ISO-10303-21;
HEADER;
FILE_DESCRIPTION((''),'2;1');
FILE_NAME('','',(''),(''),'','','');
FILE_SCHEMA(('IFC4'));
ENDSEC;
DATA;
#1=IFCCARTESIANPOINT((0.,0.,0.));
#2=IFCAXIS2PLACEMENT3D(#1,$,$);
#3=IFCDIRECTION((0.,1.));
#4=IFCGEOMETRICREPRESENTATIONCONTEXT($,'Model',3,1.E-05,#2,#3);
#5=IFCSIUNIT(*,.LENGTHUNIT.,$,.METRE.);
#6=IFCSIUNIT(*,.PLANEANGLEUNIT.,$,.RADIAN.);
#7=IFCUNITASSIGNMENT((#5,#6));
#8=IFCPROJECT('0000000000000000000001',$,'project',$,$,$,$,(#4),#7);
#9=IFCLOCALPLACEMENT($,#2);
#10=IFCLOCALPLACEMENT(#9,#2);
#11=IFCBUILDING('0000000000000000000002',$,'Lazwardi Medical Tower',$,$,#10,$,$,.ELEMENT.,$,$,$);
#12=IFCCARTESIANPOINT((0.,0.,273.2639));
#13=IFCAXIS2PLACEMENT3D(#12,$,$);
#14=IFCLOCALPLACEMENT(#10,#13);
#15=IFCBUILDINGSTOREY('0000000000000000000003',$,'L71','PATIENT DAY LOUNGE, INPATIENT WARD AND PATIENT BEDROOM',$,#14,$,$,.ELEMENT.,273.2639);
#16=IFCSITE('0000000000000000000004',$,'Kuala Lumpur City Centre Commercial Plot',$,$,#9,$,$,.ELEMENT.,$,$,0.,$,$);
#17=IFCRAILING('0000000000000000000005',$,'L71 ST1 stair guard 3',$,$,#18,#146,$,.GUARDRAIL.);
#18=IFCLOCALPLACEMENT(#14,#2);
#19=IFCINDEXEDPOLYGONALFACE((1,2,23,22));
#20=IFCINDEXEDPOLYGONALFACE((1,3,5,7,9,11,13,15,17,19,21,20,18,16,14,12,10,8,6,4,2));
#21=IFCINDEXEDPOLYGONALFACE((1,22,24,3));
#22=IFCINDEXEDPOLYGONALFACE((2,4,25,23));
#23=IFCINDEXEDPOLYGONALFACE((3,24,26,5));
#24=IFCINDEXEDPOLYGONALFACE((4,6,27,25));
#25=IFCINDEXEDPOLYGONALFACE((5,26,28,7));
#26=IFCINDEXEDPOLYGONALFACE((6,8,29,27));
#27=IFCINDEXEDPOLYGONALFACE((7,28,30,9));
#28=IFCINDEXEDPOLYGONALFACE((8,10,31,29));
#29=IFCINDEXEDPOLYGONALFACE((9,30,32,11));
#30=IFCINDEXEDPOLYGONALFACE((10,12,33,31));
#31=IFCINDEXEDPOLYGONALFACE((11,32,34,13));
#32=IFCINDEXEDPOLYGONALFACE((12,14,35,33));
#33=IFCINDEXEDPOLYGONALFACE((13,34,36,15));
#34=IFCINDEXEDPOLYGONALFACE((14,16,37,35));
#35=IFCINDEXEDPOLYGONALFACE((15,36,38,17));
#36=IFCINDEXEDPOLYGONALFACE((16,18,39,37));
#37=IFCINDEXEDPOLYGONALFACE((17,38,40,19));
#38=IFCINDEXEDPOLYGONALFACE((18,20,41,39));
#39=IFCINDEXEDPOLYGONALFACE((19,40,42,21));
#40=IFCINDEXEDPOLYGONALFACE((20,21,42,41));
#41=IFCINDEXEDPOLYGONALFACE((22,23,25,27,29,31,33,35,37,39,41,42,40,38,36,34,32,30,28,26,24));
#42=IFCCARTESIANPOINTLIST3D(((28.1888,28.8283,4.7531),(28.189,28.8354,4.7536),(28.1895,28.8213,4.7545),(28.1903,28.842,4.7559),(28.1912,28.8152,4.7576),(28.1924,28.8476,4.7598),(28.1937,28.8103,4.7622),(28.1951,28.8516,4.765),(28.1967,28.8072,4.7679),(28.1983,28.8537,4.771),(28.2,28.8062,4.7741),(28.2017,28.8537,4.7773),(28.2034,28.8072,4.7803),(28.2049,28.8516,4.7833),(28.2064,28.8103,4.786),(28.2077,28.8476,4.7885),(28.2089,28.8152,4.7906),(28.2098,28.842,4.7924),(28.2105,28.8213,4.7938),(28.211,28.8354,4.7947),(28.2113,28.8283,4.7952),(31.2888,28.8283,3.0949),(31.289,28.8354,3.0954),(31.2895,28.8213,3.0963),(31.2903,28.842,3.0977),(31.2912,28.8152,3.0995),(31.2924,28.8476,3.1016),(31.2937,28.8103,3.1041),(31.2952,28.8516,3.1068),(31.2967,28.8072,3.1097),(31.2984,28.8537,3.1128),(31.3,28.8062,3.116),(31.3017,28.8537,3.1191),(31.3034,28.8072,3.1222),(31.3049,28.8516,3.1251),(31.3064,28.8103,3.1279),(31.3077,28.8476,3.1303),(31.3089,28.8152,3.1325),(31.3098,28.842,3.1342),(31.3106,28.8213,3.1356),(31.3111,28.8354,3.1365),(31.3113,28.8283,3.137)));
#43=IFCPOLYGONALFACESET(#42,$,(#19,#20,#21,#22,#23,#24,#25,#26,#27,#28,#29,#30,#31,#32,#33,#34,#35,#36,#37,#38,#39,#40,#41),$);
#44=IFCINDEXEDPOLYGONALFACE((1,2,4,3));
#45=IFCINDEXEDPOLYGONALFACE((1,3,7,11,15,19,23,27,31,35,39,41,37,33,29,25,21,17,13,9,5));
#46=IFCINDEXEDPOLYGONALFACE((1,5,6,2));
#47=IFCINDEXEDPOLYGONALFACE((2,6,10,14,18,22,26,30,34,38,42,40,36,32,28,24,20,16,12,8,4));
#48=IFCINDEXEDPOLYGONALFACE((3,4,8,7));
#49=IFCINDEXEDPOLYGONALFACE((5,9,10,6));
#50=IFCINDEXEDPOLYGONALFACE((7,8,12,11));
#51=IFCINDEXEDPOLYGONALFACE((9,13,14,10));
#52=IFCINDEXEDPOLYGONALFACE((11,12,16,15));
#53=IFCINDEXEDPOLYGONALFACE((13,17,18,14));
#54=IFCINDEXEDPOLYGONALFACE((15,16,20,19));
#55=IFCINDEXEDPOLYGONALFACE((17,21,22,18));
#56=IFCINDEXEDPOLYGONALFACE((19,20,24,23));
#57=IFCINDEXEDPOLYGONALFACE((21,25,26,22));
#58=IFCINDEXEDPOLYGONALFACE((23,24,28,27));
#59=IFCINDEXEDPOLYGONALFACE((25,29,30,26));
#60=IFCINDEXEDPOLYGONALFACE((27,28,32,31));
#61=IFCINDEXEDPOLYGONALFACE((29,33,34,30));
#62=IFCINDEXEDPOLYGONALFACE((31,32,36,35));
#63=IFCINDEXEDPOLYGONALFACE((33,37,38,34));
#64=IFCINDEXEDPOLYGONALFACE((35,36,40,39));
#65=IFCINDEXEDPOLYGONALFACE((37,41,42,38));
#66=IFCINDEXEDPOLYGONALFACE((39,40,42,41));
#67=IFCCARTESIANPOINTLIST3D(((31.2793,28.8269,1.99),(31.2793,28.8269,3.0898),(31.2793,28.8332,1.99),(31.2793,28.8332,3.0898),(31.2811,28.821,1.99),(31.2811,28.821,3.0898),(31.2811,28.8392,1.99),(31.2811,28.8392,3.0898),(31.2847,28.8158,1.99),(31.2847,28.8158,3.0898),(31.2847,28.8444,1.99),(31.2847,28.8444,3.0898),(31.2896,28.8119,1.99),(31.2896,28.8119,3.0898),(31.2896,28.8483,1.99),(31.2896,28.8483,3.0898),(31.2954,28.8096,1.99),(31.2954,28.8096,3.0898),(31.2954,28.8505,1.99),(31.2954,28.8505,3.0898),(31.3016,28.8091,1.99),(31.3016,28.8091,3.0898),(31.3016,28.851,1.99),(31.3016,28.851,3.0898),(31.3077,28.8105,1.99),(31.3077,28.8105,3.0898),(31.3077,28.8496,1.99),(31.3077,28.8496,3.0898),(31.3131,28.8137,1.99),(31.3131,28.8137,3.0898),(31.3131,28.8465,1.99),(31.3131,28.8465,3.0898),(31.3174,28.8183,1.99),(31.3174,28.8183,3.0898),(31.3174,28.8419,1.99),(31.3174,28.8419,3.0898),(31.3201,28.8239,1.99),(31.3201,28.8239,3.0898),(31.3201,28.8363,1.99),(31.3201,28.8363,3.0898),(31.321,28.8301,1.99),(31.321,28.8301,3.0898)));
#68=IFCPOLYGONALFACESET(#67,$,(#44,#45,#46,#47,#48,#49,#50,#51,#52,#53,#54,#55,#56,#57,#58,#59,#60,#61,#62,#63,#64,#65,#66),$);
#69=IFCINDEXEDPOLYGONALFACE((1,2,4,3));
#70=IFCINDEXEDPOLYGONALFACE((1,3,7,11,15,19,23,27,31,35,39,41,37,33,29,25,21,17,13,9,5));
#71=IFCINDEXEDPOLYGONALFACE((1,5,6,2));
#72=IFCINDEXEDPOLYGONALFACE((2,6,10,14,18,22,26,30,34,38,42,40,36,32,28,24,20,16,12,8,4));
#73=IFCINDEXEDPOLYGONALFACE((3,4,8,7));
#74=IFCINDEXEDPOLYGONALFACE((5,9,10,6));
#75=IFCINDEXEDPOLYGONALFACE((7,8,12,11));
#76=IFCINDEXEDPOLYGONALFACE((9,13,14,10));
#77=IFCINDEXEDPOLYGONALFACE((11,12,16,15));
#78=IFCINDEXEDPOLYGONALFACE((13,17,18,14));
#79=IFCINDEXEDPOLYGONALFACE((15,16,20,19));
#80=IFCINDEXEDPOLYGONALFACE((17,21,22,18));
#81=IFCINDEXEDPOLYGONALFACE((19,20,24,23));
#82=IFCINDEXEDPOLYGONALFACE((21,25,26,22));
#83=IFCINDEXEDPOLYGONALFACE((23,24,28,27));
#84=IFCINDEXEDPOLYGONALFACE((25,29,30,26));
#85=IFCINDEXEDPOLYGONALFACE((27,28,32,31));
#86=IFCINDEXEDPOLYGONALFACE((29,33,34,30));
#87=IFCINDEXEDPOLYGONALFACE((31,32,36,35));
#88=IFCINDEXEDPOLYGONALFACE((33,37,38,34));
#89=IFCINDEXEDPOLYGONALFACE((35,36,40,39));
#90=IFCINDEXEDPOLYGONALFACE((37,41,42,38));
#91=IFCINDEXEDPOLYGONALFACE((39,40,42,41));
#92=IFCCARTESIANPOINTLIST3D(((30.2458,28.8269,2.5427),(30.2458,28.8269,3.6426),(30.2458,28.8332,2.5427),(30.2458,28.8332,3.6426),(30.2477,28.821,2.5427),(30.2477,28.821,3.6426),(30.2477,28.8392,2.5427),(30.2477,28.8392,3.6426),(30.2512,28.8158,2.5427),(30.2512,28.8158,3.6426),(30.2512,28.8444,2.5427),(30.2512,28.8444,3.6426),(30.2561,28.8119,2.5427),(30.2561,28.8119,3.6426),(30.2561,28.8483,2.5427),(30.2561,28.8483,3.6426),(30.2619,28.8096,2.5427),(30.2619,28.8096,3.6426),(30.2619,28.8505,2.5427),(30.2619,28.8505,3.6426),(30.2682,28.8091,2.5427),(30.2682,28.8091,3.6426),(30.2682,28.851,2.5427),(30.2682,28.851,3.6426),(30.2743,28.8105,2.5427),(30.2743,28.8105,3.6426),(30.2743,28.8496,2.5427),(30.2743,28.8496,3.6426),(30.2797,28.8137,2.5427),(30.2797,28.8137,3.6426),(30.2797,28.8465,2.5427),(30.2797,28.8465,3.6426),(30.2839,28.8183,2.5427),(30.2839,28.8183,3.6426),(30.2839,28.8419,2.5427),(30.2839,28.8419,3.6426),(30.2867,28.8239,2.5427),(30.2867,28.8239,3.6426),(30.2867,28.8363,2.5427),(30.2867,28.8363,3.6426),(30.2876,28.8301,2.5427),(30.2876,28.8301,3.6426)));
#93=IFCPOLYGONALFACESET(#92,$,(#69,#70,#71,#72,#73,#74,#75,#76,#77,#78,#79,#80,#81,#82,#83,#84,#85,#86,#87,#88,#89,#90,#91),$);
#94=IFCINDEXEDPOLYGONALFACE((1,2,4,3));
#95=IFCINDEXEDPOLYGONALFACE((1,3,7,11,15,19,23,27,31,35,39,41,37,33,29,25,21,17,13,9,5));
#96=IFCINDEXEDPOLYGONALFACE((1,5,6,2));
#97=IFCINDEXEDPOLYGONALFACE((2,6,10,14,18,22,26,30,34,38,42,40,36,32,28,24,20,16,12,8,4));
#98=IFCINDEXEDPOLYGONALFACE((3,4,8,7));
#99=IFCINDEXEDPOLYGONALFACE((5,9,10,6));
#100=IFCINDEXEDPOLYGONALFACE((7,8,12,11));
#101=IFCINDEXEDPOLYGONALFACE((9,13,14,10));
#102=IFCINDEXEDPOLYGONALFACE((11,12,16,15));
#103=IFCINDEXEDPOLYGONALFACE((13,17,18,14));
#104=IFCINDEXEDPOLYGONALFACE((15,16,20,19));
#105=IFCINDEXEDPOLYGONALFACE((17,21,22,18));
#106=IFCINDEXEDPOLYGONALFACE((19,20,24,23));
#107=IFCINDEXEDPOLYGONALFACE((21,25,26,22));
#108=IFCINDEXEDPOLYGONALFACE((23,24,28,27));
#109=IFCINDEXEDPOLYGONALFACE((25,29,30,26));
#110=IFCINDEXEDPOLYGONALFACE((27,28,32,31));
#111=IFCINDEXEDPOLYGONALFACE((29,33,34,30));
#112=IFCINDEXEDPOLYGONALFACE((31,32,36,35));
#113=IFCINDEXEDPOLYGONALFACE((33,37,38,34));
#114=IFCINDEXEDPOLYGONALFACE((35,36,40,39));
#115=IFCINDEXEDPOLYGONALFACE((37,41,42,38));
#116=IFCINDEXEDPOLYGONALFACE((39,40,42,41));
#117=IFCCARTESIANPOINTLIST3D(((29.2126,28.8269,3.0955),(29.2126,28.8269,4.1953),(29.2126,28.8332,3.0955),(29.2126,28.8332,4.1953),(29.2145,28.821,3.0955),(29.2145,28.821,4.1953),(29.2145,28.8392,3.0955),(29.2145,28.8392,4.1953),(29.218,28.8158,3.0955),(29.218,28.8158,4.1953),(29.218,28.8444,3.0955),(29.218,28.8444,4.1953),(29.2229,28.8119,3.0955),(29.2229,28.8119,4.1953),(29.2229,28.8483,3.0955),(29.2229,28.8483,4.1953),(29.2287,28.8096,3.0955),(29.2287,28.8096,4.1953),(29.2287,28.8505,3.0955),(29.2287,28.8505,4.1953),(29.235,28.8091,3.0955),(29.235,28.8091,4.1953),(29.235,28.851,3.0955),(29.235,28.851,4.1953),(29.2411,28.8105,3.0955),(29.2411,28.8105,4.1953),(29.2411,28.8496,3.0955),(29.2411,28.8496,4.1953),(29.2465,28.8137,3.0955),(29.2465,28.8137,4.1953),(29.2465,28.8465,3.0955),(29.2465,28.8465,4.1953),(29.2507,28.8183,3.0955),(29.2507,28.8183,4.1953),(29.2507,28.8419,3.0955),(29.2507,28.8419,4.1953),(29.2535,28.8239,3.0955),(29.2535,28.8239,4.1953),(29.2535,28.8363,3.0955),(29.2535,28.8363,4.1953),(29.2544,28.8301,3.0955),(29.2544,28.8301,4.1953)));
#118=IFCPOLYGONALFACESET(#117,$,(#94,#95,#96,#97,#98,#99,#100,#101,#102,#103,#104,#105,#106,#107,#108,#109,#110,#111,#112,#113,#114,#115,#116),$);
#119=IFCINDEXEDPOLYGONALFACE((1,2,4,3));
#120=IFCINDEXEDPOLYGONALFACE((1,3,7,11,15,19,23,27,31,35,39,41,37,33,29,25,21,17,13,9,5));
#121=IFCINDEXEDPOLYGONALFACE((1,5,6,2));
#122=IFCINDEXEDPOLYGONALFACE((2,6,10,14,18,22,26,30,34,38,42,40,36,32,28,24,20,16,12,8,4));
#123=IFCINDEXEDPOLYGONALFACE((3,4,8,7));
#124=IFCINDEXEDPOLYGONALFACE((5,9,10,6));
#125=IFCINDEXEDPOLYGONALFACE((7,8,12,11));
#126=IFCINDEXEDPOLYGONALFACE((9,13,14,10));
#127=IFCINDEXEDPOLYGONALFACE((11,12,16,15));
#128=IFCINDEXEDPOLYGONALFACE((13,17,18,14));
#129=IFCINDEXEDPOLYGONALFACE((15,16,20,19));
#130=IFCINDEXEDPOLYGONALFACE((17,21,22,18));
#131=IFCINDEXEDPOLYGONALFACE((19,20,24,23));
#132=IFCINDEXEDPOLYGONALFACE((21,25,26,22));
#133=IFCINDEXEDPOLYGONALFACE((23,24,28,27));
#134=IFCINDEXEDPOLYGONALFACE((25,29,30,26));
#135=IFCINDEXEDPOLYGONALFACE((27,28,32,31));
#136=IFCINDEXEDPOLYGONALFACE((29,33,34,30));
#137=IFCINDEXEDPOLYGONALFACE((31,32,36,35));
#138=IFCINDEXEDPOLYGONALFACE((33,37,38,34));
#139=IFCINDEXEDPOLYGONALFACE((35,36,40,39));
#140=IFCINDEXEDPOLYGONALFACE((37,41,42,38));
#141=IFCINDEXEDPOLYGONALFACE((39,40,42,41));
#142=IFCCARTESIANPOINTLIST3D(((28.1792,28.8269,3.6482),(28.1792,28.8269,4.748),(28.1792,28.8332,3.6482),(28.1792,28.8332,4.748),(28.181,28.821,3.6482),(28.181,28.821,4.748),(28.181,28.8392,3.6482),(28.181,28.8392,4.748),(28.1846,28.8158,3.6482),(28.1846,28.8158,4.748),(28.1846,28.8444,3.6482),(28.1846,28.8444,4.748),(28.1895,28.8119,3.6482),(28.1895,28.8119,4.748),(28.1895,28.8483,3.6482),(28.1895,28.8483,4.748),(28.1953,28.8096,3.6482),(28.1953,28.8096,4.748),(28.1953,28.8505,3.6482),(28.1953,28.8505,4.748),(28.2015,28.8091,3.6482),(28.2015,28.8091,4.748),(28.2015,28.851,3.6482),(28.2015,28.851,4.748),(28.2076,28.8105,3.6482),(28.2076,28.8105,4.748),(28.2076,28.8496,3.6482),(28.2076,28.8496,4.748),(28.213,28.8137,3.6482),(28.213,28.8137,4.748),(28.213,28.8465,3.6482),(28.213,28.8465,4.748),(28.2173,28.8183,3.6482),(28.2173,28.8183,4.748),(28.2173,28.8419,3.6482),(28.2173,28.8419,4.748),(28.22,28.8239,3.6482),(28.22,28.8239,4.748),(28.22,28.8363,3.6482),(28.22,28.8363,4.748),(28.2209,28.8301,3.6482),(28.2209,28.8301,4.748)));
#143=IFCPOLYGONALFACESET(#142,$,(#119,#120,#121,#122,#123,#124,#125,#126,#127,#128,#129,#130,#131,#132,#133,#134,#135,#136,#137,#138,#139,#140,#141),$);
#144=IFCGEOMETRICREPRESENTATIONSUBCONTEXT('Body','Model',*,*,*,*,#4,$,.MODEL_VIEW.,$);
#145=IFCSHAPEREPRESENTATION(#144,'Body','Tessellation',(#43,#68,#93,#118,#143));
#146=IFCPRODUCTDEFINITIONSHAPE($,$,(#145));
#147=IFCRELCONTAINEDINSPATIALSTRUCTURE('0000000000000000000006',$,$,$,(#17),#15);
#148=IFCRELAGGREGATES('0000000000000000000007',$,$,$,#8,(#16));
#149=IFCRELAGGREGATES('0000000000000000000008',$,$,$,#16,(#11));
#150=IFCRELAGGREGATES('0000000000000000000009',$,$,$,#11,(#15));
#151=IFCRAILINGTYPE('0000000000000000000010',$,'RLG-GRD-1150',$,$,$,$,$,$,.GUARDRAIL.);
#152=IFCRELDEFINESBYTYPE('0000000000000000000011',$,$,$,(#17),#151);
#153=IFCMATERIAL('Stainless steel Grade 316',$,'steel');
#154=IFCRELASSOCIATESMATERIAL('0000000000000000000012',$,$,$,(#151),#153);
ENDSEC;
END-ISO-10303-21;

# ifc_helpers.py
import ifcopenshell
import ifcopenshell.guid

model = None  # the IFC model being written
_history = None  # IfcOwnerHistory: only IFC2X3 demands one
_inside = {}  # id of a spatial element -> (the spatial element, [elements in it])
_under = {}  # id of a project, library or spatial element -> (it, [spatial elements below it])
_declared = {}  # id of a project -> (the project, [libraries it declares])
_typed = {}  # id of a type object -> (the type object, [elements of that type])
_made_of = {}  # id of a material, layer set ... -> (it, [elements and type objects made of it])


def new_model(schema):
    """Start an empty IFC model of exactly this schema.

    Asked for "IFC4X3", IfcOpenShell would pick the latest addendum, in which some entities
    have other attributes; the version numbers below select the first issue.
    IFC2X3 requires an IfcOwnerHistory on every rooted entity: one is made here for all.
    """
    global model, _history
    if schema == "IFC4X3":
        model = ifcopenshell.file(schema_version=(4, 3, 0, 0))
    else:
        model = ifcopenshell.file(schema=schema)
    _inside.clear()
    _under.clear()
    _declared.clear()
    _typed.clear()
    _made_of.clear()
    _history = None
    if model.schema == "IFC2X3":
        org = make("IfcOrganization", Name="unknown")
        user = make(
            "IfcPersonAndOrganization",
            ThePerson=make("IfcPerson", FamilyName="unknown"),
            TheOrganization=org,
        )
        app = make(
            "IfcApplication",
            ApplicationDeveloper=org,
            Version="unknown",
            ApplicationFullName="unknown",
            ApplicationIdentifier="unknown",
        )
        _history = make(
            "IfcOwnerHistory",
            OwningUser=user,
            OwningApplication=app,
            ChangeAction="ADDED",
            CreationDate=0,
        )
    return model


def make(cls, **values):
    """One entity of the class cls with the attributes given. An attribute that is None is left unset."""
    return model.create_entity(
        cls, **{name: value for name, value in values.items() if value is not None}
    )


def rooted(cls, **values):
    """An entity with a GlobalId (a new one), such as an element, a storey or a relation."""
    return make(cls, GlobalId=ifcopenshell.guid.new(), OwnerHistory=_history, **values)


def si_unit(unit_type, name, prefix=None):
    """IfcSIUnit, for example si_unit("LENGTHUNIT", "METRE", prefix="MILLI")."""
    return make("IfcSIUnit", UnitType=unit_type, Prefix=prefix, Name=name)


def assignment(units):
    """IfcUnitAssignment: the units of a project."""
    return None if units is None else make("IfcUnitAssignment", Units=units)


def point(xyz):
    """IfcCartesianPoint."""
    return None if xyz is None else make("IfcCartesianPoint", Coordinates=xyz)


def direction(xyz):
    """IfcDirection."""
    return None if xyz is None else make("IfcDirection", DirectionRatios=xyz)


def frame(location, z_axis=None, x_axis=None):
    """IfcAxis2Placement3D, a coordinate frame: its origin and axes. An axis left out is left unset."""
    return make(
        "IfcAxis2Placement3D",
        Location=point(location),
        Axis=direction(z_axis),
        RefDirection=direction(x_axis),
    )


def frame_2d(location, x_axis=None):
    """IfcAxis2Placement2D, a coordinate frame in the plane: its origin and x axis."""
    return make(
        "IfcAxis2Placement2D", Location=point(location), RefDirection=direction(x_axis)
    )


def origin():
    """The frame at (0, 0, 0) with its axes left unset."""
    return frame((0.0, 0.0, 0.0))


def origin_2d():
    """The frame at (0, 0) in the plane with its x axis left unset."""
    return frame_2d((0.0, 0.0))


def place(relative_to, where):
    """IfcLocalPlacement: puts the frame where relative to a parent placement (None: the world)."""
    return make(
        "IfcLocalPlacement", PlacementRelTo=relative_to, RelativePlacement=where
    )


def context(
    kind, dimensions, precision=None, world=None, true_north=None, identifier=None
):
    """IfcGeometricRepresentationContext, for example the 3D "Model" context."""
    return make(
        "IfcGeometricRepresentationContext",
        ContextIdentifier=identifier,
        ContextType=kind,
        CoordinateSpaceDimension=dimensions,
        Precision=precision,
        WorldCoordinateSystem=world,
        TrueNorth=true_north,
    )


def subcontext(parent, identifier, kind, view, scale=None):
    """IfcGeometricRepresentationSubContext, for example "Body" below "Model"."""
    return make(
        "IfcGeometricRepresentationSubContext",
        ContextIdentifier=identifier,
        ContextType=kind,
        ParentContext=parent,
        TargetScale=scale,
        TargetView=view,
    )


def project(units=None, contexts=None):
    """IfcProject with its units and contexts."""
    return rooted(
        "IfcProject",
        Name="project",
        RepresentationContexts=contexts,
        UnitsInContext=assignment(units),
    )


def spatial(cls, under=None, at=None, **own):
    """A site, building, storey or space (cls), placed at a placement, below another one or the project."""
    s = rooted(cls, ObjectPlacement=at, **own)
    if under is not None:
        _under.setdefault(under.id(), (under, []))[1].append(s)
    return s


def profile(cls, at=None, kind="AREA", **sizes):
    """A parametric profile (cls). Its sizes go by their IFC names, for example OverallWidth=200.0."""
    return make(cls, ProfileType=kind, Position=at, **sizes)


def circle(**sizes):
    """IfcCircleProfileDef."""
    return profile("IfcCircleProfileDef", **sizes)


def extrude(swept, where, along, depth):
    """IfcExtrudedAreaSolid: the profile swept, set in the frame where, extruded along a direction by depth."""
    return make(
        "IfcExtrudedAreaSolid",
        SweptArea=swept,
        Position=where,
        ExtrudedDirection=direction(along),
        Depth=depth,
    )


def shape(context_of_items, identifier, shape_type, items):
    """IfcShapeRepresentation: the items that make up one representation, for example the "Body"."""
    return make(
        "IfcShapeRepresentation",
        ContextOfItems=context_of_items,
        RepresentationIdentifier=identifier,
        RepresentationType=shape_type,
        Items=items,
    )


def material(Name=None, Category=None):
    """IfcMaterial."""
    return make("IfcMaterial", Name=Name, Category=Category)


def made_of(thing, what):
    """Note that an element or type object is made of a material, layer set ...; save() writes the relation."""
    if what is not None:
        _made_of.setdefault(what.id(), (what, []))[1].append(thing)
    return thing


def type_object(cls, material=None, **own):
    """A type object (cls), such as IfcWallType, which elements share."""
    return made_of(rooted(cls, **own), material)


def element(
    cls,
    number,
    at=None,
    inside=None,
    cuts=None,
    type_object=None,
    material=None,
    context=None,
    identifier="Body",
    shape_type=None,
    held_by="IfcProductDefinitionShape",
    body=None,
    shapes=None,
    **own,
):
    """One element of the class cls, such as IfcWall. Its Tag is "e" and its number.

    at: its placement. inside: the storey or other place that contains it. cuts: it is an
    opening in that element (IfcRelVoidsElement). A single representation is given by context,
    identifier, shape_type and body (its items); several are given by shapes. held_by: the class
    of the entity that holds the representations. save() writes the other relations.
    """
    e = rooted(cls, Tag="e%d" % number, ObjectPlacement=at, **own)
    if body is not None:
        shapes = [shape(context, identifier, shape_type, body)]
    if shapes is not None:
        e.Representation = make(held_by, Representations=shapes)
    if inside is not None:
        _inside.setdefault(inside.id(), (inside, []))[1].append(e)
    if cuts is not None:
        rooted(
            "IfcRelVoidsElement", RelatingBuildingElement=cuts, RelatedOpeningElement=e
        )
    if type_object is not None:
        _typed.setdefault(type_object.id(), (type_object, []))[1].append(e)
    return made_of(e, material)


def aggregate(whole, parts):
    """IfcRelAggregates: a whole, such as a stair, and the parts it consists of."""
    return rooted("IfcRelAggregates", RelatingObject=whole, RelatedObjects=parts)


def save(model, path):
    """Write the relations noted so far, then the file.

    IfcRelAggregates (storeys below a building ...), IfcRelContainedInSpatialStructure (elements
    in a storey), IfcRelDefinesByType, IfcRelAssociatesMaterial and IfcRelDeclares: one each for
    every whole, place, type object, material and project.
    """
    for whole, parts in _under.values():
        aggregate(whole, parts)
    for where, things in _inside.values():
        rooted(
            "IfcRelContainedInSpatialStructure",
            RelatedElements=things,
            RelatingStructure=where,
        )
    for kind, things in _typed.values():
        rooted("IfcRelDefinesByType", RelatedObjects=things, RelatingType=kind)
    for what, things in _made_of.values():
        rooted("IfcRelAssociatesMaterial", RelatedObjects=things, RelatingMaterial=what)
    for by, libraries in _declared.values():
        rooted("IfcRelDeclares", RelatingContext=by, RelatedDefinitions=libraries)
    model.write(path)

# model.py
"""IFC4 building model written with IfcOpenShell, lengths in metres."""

from ifc_helpers import new_model, si_unit, direction, frame, origin, origin_2d, place, context, subcontext, project, spatial, circle, extrude, material, type_object, element, save


model = new_model("IFC4")

# Units and contexts
model_context = context("Model", 3, precision=1e-05, world=origin(), true_north=direction((0.0, 1.0)))
body_context = subcontext(model_context, "Body", "Model", "MODEL_VIEW")
ifc_project = project(units=[si_unit("LENGTHUNIT", "METRE"), si_unit("PLANEANGLEUNIT", "RADIAN")], contexts=[model_context])

# Site, building, storey
site_placement = place(None, origin())
site = spatial("IfcSite", under=ifc_project, at=site_placement, Name="Kuala Lumpur City Centre Commercial Plot", CompositionType="ELEMENT", RefElevation=0.0)
building_placement = place(site_placement, origin())
building = spatial("IfcBuilding", under=site, at=building_placement, Name="Lazwardi Medical Tower", CompositionType="ELEMENT")
storey_placement = place(building_placement, frame((0.0, 0.0, 273.2639)))
storey = spatial("IfcBuildingStorey", under=building, at=storey_placement, Name="L71", Description="PATIENT DAY LOUNGE, INPATIENT WARD AND PATIENT BEDROOM", CompositionType="ELEMENT", Elevation=273.2639)

# Railing
ifc_material_1 = material(Name="Stainless steel Grade 316", Category="steel")
railing_type_1 = type_object("IfcRailingType", Name="RLG-GRD-1150", PredefinedType="GUARDRAIL", material=ifc_material_1)
railing_1_placement = place(storey_placement, frame((31.3, 28.8301, 1.99)))
element("IfcRailing", 1, at=railing_1_placement, inside=storey, type_object=railing_type_1, Name="L71 ST1 stair guard 3", PredefinedType="GUARDRAIL", context=body_context, shape_type="SweptSolid", body=[
    extrude(circle(Radius=0.0239, at=origin_2d()), frame((0.0, 0.0, 1.126), z_axis=(-0.881783, 0.0, 0.471655), x_axis=(0.0, -1.0, 0.0)), (0.0, 0.0, 1.0), 3.5156),
    extrude(circle(Radius=0.021, at=origin_2d()), origin(), (0.0, 0.0, 1.0), 1.0999),
    extrude(circle(Radius=0.021, at=origin_2d()), frame((-1.0334, 0.0, 0.5527)), (0.0, 0.0, 1.0), 1.0999),
    extrude(circle(Radius=0.021, at=origin_2d()), frame((-2.0667, 0.0, 1.1055)), (0.0, 0.0, 1.0), 1.0999),
    extrude(circle(Radius=0.021, at=origin_2d()), frame((-3.1001, 0.0, 1.6582)), (0.0, 0.0, 1.0), 1.0999),
])

save(model, "model.ifc")
